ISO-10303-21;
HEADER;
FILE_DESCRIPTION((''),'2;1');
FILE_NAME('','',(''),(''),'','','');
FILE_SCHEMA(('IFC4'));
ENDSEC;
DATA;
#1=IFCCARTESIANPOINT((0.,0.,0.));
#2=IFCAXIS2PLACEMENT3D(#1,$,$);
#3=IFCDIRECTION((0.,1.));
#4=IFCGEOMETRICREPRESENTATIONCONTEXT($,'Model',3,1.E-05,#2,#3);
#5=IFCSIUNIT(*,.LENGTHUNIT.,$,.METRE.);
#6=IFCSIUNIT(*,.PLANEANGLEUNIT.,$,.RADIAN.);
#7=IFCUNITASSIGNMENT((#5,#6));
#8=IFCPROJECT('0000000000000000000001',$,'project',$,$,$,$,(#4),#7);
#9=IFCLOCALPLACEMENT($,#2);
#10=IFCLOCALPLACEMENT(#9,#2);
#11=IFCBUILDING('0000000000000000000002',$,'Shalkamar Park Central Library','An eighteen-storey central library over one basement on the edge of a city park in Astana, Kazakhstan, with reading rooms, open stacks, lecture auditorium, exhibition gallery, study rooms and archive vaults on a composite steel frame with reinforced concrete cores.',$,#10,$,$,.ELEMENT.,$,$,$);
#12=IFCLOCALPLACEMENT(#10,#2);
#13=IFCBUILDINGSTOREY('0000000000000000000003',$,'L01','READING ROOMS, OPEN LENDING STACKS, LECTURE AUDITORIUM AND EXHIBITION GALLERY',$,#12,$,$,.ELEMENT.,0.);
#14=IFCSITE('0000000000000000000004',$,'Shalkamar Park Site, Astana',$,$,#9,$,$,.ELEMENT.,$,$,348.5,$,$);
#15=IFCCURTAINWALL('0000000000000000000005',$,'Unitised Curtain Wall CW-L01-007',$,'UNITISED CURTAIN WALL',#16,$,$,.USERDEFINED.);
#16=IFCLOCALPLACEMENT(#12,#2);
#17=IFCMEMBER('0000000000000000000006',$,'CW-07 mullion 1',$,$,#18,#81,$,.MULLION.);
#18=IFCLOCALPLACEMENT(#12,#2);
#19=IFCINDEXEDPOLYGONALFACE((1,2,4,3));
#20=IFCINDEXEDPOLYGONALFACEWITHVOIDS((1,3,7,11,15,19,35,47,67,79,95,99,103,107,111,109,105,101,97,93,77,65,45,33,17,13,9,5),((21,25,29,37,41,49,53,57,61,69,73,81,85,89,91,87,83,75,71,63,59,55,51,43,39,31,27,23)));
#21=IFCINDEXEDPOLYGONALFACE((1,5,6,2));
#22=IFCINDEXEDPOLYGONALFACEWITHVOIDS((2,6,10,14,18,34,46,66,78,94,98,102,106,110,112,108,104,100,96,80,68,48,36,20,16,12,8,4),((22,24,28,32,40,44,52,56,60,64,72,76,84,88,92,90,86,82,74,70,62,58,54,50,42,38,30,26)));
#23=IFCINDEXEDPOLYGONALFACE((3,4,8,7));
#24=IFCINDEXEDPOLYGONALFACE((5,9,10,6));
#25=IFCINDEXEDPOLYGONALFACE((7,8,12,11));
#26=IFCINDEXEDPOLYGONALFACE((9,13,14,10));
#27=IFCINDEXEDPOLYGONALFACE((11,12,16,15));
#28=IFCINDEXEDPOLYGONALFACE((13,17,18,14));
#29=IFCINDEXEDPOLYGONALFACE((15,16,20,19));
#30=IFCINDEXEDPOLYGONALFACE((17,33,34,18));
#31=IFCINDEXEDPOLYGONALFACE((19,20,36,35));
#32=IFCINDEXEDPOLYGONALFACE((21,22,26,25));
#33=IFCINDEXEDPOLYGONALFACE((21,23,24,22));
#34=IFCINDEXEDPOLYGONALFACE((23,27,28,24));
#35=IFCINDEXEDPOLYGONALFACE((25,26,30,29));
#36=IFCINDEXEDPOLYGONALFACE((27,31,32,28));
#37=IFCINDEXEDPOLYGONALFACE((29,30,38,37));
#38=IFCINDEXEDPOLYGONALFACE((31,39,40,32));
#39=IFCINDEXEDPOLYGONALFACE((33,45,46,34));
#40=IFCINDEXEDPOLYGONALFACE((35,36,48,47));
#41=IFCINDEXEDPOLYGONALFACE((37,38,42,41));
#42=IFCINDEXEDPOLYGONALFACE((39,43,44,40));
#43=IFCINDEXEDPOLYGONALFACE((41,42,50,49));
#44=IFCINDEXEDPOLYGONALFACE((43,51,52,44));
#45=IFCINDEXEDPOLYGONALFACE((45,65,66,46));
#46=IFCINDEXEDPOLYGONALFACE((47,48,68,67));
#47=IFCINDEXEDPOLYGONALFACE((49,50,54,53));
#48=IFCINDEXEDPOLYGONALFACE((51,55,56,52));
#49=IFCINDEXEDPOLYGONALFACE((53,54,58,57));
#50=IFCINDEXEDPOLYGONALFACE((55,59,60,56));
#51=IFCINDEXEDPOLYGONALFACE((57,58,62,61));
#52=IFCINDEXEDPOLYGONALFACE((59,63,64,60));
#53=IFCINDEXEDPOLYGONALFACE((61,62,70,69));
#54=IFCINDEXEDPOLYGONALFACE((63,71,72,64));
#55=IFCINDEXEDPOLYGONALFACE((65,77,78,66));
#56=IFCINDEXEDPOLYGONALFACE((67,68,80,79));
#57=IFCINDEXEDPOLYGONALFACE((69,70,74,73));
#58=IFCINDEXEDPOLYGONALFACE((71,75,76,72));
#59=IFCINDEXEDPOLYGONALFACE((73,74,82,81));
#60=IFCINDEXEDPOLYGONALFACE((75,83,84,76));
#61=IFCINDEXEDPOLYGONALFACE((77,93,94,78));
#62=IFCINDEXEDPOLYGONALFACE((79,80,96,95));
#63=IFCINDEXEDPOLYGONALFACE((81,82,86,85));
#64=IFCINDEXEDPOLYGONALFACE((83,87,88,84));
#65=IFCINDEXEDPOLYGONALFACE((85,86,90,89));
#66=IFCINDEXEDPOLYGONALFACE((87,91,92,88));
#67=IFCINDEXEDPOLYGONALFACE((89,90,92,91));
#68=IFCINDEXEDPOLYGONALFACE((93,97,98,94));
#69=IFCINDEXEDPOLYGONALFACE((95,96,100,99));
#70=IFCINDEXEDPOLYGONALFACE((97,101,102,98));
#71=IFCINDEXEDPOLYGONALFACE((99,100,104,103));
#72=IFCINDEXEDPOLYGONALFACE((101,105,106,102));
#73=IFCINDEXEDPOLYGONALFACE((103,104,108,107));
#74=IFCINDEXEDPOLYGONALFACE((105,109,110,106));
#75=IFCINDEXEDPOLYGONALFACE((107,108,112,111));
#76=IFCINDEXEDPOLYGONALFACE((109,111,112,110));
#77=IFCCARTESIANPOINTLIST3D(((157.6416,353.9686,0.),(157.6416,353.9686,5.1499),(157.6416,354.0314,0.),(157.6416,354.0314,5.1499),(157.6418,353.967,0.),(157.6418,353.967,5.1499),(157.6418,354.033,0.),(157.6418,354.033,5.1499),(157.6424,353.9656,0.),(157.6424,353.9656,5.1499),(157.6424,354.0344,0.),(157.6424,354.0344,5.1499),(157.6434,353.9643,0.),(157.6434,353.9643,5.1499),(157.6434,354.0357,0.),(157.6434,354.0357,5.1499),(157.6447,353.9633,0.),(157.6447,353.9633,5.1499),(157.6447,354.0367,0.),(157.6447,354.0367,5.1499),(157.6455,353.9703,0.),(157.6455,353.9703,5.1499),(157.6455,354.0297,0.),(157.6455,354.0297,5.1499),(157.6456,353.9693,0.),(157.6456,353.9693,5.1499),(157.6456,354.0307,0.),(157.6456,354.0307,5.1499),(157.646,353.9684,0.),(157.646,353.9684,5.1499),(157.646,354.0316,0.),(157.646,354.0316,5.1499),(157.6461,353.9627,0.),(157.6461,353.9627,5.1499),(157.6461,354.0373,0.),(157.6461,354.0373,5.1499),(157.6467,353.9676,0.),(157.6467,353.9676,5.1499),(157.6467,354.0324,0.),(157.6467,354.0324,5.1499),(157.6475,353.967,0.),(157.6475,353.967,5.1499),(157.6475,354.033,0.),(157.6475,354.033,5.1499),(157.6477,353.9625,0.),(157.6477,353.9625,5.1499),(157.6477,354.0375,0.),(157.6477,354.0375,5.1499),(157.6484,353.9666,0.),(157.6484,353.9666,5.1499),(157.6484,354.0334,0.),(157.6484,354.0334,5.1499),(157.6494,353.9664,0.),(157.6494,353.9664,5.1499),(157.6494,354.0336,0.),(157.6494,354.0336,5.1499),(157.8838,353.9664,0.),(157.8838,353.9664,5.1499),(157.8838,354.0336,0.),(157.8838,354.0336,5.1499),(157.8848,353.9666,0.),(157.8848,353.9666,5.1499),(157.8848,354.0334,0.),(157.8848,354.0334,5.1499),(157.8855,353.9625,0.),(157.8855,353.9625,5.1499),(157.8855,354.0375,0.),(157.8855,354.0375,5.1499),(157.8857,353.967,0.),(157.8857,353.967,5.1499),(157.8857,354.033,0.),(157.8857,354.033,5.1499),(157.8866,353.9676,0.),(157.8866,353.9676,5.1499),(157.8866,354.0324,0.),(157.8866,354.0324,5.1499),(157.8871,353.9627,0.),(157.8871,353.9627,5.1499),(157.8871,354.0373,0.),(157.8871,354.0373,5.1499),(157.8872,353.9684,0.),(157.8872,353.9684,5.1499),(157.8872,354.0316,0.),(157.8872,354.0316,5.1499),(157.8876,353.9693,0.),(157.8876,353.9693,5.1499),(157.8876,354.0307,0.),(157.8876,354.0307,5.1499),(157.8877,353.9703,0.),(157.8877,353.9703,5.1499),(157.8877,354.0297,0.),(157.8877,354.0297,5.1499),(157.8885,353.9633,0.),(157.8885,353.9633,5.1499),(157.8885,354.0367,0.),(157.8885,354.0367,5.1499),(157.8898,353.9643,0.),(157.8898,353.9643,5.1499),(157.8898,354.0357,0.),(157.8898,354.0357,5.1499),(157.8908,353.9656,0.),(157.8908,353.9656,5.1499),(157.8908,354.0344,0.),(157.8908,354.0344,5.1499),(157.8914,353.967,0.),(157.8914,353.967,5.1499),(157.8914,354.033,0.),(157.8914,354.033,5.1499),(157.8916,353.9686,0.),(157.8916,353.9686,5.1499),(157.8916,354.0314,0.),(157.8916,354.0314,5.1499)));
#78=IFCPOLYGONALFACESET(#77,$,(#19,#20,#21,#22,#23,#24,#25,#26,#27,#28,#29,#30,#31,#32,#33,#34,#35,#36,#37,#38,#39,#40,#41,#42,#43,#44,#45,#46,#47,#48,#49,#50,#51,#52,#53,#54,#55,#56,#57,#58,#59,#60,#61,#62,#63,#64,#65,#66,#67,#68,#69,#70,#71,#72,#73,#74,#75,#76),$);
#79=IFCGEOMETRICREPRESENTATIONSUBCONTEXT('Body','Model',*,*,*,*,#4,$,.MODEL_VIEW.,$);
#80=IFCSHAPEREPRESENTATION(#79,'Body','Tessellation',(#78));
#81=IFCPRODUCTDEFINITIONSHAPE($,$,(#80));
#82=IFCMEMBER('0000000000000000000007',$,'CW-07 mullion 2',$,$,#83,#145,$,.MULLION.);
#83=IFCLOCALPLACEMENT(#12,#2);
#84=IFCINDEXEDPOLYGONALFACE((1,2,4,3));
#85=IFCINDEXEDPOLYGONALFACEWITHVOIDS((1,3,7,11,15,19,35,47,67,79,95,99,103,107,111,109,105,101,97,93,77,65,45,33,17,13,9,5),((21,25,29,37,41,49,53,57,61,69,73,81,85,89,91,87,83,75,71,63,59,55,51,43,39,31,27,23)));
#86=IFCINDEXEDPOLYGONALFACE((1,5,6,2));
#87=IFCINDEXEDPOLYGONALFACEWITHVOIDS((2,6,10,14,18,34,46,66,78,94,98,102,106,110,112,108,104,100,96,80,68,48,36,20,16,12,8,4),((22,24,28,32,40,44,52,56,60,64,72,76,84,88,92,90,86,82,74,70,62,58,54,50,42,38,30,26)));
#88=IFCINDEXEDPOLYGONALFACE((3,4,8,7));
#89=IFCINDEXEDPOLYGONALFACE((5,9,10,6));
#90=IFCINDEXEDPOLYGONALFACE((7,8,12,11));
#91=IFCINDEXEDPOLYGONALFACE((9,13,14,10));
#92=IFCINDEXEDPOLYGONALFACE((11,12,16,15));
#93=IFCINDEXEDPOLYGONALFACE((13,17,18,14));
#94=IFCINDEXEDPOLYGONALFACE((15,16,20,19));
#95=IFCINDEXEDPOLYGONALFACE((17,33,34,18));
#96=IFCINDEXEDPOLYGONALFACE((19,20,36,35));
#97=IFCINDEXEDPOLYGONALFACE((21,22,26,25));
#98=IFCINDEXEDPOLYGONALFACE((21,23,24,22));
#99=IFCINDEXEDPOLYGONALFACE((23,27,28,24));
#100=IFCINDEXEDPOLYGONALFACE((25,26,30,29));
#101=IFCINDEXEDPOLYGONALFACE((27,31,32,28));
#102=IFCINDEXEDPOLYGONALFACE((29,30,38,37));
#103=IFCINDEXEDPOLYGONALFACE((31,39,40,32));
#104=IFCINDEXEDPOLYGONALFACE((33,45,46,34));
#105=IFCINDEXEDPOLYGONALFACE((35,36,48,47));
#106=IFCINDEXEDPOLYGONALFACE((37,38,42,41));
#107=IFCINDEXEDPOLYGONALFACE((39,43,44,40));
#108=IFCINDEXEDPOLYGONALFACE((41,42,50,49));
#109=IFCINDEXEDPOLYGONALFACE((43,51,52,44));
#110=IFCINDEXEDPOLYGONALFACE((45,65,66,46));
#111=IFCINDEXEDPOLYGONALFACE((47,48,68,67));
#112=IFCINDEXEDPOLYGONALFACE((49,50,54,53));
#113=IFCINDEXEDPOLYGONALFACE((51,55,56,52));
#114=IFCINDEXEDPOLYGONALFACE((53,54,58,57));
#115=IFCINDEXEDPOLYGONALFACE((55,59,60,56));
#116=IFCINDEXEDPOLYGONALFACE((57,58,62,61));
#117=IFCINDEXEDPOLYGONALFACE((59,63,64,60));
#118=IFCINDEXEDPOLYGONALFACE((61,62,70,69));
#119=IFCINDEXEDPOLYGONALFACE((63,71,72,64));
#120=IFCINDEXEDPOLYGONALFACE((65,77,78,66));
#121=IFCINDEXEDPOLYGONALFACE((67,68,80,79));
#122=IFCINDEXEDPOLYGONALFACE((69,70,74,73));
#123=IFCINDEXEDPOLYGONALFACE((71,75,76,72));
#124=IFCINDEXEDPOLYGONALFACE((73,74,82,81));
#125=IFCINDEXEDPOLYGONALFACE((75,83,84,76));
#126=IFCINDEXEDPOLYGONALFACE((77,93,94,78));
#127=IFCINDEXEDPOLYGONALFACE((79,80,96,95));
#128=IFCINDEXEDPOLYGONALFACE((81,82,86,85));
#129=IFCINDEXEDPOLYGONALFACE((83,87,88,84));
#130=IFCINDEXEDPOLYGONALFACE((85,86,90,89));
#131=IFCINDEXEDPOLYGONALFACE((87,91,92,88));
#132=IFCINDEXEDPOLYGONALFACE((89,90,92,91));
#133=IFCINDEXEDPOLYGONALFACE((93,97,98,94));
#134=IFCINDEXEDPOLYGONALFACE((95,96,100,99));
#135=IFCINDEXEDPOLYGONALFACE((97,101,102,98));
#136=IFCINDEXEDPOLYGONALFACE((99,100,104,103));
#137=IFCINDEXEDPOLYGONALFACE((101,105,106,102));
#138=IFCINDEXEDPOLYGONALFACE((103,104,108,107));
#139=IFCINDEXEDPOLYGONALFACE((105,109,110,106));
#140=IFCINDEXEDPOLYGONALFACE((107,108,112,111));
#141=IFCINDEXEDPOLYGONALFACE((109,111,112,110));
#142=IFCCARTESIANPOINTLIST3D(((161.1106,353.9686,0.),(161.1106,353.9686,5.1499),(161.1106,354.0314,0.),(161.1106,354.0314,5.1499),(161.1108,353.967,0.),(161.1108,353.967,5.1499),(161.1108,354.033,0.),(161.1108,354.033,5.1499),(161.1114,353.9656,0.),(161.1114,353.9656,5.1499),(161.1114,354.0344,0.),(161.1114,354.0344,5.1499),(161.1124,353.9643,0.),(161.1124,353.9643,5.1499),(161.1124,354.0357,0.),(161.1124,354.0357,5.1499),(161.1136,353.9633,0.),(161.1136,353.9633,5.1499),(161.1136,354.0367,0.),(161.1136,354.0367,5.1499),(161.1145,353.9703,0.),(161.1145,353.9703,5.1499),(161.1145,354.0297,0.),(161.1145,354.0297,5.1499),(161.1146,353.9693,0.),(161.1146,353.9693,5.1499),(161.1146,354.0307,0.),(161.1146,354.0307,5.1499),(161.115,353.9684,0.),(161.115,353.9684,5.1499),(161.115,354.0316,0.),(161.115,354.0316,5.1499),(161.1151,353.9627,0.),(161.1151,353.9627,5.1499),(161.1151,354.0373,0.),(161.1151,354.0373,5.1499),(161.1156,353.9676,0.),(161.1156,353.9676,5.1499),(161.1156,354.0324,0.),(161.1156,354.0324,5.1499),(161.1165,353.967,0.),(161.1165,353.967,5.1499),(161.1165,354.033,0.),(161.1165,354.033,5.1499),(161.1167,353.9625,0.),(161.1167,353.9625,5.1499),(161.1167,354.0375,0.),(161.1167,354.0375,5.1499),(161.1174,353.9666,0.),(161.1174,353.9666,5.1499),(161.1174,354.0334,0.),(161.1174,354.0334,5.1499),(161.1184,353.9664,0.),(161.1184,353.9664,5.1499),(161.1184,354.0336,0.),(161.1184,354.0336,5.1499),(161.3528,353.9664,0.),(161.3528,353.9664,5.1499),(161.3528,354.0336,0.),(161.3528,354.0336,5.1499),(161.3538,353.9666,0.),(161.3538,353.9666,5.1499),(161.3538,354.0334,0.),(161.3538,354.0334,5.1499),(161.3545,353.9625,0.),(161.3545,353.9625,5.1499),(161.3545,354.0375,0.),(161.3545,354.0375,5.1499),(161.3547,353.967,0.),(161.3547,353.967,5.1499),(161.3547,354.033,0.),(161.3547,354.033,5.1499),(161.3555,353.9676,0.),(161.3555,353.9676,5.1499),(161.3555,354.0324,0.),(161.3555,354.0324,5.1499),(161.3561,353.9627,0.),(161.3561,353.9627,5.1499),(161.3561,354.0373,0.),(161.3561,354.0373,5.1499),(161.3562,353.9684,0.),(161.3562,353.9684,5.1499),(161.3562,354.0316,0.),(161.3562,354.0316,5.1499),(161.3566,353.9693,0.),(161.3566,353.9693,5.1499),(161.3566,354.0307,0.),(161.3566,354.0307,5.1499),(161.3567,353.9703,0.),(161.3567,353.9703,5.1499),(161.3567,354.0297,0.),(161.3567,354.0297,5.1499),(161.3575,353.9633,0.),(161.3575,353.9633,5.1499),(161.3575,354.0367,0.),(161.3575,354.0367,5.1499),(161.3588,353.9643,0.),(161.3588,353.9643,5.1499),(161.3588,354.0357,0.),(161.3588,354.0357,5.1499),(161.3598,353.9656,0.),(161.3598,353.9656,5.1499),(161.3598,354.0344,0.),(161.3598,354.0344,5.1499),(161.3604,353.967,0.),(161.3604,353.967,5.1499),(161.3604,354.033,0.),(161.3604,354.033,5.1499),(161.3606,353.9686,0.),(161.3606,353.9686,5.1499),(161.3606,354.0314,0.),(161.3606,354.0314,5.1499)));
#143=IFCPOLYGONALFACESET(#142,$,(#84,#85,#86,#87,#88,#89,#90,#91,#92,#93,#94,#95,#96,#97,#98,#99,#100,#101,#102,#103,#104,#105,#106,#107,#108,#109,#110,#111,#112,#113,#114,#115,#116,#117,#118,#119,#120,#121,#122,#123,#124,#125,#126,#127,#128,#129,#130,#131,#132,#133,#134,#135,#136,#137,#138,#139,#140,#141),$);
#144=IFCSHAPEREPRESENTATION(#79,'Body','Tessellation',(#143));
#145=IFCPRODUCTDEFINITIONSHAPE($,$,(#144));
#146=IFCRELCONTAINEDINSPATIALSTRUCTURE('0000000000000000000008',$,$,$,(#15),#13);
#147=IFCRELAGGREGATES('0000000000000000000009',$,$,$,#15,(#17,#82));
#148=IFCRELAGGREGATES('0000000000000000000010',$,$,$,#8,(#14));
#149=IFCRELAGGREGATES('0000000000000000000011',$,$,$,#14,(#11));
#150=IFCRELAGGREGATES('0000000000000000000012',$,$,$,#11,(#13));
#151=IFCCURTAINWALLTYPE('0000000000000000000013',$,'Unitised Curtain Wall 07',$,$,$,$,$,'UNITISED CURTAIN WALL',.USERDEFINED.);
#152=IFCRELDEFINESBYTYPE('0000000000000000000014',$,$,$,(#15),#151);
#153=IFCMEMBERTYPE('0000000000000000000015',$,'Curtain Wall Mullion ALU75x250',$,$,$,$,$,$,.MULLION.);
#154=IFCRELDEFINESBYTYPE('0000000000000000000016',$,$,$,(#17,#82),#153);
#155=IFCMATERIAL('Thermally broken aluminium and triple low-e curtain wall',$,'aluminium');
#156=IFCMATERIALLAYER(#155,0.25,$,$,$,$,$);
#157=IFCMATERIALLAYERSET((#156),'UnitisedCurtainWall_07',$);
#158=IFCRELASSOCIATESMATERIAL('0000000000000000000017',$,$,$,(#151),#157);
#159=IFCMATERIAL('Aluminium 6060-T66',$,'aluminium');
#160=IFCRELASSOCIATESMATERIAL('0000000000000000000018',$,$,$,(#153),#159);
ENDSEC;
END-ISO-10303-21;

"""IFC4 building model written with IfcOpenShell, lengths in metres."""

from ifc_helpers import new_model, si_unit, direction, frame, origin, origin_2d, place, context, subcontext, project, spatial, hollow_rectangle, extrude, material, layer, layer_set, material_profile, profile_set, type_object, element, aggregate, save


model = new_model("IFC4")

# Units and contexts
model_context = context("Model", 3, precision=1e-05, world=origin(), true_north=direction((0.0, 1.0)))
body_context = subcontext(model_context, "Body", "Model", "MODEL_VIEW")
ifc_project = project(units=[si_unit("LENGTHUNIT", "METRE"), si_unit("PLANEANGLEUNIT", "RADIAN")], contexts=[model_context])

# Site, building, storey
site_placement = place(None, origin())
site = spatial("IfcSite", under=ifc_project, at=site_placement, Name="Shalkamar Park Site, Astana", CompositionType="ELEMENT", RefElevation=348.5)
building_placement = place(site_placement, origin())
building = spatial("IfcBuilding", under=site, at=building_placement, Name="Shalkamar Park Central Library", Description="An eighteen-storey central library over one basement on the edge of a city park in Astana, Kazakhstan, with reading rooms, open stacks, lecture auditorium, exhibition gallery, study rooms and archive vaults on a composite steel frame with reinforced concrete cores.", CompositionType="ELEMENT")
storey_placement = place(building_placement, origin())
storey = spatial("IfcBuildingStorey", under=building, at=storey_placement, Name="L01", Description="READING ROOMS, OPEN LENDING STACKS, LECTURE AUDITORIUM AND EXHIBITION GALLERY", CompositionType="ELEMENT", Elevation=0.0)

# Curtain wall, members
ifc_material_1 = material(Name="Thermally broken aluminium and triple low-e curtain wall", Category="aluminium")
ifc_layer_1 = layer(ifc_material_1, 0.25)
ifc_layer_set_1 = layer_set([ifc_layer_1], Name="UnitisedCurtainWall_07")
curtain_wall_type_1 = type_object("IfcCurtainWallType", Name="Unitised Curtain Wall 07", ElementType="UNITISED CURTAIN WALL", PredefinedType="USERDEFINED", material=ifc_layer_set_1)
curtain_wall_1_placement = place(storey_placement, origin())
curtain_wall_1 = element("IfcCurtainWall", 1, at=curtain_wall_1_placement, inside=storey, type_object=curtain_wall_type_1, Name="Unitised Curtain Wall CW-L01-007", ObjectType="UNITISED CURTAIN WALL", PredefinedType="USERDEFINED")
ifc_material_2 = material(Name="Aluminium 6060-T66", Category="aluminium")
ifc_material_profile_1 = material_profile(ifc_material_2, hollow_rectangle(XDim=0.075, YDim=0.25, WallThickness=0.0039, InnerFilletRadius=0.0039, OuterFilletRadius=0.0061, at=origin_2d()), Name="ALU 75x250x4")
ifc_profile_set_1 = profile_set([ifc_material_profile_1], Name="Aluminium 6060-T66")
member_type_1 = type_object("IfcMemberType", Name="Curtain Wall Mullion ALU75x250", PredefinedType="MULLION", material=ifc_profile_set_1)
member_1_placement = place(storey_placement, frame((157.7666, 354.0, 0.0), z_axis=(0.0, 0.0, 1.0), x_axis=(0.0, 1.0, 0.0)))
member_1 = element("IfcMember", 2, at=member_1_placement, type_object=member_type_1, Name="CW-07 mullion 1", PredefinedType="MULLION", context=body_context, shape_type="SweptSolid", body=[
    extrude(hollow_rectangle(XDim=0.075, YDim=0.25, WallThickness=0.0039, InnerFilletRadius=0.0039, OuterFilletRadius=0.0061, at=origin_2d()), origin(), (0.0, 0.0, 1.0), 5.1499),
])
member_2_placement = place(storey_placement, frame((161.2356, 354.0, 0.0), z_axis=(0.0, 0.0, 1.0), x_axis=(0.0, 1.0, 0.0)))
member_2 = element("IfcMember", 3, at=member_2_placement, type_object=member_type_1, Name="CW-07 mullion 2", PredefinedType="MULLION", context=body_context, shape_type="SweptSolid", body=[
    extrude(hollow_rectangle(XDim=0.075, YDim=0.25, WallThickness=0.0039, InnerFilletRadius=0.0039, OuterFilletRadius=0.0061, at=origin_2d()), origin(), (0.0, 0.0, 1.0), 5.1499),
])

aggregate(curtain_wall_1, [member_1, member_2])

save(model, "model.ifc")
